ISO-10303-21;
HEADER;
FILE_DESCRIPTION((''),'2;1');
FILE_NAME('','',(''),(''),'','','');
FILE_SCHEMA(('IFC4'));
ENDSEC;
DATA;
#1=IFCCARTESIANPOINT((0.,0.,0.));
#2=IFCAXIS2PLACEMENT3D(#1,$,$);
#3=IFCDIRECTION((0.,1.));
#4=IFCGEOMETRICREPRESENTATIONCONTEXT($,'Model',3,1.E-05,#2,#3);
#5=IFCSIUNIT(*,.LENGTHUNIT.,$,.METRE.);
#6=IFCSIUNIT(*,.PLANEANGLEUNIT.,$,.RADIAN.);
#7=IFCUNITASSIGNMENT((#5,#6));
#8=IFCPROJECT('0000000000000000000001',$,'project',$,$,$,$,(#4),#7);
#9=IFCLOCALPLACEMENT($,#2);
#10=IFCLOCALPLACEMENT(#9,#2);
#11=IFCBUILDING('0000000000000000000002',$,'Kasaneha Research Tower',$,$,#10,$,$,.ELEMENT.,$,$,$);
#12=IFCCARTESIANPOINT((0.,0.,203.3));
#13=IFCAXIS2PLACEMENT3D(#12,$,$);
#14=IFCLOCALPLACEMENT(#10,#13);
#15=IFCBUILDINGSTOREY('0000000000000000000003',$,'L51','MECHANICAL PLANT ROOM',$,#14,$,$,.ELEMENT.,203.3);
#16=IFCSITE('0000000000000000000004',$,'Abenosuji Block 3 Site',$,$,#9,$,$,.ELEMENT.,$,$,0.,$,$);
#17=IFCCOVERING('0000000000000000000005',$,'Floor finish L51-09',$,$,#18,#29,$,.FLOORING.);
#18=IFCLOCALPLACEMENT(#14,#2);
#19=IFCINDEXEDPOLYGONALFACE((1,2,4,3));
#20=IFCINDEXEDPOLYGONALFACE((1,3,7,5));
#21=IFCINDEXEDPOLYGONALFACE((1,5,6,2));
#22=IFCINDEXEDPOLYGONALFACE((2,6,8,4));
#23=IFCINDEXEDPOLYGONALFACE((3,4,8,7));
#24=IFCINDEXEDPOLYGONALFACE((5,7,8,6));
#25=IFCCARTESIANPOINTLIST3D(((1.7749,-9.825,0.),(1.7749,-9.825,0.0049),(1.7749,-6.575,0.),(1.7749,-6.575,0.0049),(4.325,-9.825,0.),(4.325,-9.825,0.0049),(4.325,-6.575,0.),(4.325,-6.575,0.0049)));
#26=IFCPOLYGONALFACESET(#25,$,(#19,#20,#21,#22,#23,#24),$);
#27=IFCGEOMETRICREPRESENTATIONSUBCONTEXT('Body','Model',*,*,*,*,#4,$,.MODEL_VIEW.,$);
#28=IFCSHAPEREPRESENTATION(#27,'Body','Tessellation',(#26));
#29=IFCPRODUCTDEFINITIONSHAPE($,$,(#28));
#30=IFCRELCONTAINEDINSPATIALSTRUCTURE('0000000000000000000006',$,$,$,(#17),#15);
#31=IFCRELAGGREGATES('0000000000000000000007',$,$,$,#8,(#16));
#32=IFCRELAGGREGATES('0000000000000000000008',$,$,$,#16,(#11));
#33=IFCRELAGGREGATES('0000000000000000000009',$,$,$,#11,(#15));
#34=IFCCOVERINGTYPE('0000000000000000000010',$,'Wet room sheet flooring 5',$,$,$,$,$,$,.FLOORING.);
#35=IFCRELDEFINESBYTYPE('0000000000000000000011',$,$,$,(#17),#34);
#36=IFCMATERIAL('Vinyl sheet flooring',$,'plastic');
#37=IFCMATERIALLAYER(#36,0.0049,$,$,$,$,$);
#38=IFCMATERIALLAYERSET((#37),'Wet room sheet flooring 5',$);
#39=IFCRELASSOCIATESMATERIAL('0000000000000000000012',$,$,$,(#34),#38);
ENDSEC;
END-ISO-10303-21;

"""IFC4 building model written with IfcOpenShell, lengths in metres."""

from ifc_helpers import new_model, si_unit, direction, frame, origin, place, context, subcontext, project, spatial, polyline, outline, extrude, material, layer, layer_set, type_object, element, save


model = new_model("IFC4")

# Units and contexts
model_context = context("Model", 3, precision=1e-05, world=origin(), true_north=direction((0.0, 1.0)))
body_context = subcontext(model_context, "Body", "Model", "MODEL_VIEW")
ifc_project = project(units=[si_unit("LENGTHUNIT", "METRE"), si_unit("PLANEANGLEUNIT", "RADIAN")], contexts=[model_context])

# Site, building, storey
site_placement = place(None, origin())
site = spatial("IfcSite", under=ifc_project, at=site_placement, Name="Abenosuji Block 3 Site", CompositionType="ELEMENT", RefElevation=0.0)
building_placement = place(site_placement, origin())
building = spatial("IfcBuilding", under=site, at=building_placement, Name="Kasaneha Research Tower", CompositionType="ELEMENT")
storey_placement = place(building_placement, frame((0.0, 0.0, 203.3)))
storey = spatial("IfcBuildingStorey", under=building, at=storey_placement, Name="L51", Description="MECHANICAL PLANT ROOM", CompositionType="ELEMENT", Elevation=203.3)

# Covering
ifc_material_1 = material(Name="Vinyl sheet flooring", Category="plastic")
ifc_layer_1 = layer(ifc_material_1, 0.0049)
ifc_layer_set_1 = layer_set([ifc_layer_1], Name="Wet room sheet flooring 5")
covering_type = type_object("IfcCoveringType", Name="Wet room sheet flooring 5", PredefinedType="FLOORING", material=ifc_layer_set_1)
covering_1_placement = place(storey_placement, origin())
element("IfcCovering", 1, at=covering_1_placement, inside=storey, type_object=covering_type, Name="Floor finish L51-09", PredefinedType="FLOORING", context=body_context, shape_type="SweptSolid", body=[
    extrude(outline(polyline([(1.7749, -9.825), (1.7749, -6.575), (4.325, -6.575), (4.325, -9.825), (1.7749, -9.825)])), origin(), (0.0, 0.0, 1.0), 0.0049),
])

save(model, "model.ifc")
